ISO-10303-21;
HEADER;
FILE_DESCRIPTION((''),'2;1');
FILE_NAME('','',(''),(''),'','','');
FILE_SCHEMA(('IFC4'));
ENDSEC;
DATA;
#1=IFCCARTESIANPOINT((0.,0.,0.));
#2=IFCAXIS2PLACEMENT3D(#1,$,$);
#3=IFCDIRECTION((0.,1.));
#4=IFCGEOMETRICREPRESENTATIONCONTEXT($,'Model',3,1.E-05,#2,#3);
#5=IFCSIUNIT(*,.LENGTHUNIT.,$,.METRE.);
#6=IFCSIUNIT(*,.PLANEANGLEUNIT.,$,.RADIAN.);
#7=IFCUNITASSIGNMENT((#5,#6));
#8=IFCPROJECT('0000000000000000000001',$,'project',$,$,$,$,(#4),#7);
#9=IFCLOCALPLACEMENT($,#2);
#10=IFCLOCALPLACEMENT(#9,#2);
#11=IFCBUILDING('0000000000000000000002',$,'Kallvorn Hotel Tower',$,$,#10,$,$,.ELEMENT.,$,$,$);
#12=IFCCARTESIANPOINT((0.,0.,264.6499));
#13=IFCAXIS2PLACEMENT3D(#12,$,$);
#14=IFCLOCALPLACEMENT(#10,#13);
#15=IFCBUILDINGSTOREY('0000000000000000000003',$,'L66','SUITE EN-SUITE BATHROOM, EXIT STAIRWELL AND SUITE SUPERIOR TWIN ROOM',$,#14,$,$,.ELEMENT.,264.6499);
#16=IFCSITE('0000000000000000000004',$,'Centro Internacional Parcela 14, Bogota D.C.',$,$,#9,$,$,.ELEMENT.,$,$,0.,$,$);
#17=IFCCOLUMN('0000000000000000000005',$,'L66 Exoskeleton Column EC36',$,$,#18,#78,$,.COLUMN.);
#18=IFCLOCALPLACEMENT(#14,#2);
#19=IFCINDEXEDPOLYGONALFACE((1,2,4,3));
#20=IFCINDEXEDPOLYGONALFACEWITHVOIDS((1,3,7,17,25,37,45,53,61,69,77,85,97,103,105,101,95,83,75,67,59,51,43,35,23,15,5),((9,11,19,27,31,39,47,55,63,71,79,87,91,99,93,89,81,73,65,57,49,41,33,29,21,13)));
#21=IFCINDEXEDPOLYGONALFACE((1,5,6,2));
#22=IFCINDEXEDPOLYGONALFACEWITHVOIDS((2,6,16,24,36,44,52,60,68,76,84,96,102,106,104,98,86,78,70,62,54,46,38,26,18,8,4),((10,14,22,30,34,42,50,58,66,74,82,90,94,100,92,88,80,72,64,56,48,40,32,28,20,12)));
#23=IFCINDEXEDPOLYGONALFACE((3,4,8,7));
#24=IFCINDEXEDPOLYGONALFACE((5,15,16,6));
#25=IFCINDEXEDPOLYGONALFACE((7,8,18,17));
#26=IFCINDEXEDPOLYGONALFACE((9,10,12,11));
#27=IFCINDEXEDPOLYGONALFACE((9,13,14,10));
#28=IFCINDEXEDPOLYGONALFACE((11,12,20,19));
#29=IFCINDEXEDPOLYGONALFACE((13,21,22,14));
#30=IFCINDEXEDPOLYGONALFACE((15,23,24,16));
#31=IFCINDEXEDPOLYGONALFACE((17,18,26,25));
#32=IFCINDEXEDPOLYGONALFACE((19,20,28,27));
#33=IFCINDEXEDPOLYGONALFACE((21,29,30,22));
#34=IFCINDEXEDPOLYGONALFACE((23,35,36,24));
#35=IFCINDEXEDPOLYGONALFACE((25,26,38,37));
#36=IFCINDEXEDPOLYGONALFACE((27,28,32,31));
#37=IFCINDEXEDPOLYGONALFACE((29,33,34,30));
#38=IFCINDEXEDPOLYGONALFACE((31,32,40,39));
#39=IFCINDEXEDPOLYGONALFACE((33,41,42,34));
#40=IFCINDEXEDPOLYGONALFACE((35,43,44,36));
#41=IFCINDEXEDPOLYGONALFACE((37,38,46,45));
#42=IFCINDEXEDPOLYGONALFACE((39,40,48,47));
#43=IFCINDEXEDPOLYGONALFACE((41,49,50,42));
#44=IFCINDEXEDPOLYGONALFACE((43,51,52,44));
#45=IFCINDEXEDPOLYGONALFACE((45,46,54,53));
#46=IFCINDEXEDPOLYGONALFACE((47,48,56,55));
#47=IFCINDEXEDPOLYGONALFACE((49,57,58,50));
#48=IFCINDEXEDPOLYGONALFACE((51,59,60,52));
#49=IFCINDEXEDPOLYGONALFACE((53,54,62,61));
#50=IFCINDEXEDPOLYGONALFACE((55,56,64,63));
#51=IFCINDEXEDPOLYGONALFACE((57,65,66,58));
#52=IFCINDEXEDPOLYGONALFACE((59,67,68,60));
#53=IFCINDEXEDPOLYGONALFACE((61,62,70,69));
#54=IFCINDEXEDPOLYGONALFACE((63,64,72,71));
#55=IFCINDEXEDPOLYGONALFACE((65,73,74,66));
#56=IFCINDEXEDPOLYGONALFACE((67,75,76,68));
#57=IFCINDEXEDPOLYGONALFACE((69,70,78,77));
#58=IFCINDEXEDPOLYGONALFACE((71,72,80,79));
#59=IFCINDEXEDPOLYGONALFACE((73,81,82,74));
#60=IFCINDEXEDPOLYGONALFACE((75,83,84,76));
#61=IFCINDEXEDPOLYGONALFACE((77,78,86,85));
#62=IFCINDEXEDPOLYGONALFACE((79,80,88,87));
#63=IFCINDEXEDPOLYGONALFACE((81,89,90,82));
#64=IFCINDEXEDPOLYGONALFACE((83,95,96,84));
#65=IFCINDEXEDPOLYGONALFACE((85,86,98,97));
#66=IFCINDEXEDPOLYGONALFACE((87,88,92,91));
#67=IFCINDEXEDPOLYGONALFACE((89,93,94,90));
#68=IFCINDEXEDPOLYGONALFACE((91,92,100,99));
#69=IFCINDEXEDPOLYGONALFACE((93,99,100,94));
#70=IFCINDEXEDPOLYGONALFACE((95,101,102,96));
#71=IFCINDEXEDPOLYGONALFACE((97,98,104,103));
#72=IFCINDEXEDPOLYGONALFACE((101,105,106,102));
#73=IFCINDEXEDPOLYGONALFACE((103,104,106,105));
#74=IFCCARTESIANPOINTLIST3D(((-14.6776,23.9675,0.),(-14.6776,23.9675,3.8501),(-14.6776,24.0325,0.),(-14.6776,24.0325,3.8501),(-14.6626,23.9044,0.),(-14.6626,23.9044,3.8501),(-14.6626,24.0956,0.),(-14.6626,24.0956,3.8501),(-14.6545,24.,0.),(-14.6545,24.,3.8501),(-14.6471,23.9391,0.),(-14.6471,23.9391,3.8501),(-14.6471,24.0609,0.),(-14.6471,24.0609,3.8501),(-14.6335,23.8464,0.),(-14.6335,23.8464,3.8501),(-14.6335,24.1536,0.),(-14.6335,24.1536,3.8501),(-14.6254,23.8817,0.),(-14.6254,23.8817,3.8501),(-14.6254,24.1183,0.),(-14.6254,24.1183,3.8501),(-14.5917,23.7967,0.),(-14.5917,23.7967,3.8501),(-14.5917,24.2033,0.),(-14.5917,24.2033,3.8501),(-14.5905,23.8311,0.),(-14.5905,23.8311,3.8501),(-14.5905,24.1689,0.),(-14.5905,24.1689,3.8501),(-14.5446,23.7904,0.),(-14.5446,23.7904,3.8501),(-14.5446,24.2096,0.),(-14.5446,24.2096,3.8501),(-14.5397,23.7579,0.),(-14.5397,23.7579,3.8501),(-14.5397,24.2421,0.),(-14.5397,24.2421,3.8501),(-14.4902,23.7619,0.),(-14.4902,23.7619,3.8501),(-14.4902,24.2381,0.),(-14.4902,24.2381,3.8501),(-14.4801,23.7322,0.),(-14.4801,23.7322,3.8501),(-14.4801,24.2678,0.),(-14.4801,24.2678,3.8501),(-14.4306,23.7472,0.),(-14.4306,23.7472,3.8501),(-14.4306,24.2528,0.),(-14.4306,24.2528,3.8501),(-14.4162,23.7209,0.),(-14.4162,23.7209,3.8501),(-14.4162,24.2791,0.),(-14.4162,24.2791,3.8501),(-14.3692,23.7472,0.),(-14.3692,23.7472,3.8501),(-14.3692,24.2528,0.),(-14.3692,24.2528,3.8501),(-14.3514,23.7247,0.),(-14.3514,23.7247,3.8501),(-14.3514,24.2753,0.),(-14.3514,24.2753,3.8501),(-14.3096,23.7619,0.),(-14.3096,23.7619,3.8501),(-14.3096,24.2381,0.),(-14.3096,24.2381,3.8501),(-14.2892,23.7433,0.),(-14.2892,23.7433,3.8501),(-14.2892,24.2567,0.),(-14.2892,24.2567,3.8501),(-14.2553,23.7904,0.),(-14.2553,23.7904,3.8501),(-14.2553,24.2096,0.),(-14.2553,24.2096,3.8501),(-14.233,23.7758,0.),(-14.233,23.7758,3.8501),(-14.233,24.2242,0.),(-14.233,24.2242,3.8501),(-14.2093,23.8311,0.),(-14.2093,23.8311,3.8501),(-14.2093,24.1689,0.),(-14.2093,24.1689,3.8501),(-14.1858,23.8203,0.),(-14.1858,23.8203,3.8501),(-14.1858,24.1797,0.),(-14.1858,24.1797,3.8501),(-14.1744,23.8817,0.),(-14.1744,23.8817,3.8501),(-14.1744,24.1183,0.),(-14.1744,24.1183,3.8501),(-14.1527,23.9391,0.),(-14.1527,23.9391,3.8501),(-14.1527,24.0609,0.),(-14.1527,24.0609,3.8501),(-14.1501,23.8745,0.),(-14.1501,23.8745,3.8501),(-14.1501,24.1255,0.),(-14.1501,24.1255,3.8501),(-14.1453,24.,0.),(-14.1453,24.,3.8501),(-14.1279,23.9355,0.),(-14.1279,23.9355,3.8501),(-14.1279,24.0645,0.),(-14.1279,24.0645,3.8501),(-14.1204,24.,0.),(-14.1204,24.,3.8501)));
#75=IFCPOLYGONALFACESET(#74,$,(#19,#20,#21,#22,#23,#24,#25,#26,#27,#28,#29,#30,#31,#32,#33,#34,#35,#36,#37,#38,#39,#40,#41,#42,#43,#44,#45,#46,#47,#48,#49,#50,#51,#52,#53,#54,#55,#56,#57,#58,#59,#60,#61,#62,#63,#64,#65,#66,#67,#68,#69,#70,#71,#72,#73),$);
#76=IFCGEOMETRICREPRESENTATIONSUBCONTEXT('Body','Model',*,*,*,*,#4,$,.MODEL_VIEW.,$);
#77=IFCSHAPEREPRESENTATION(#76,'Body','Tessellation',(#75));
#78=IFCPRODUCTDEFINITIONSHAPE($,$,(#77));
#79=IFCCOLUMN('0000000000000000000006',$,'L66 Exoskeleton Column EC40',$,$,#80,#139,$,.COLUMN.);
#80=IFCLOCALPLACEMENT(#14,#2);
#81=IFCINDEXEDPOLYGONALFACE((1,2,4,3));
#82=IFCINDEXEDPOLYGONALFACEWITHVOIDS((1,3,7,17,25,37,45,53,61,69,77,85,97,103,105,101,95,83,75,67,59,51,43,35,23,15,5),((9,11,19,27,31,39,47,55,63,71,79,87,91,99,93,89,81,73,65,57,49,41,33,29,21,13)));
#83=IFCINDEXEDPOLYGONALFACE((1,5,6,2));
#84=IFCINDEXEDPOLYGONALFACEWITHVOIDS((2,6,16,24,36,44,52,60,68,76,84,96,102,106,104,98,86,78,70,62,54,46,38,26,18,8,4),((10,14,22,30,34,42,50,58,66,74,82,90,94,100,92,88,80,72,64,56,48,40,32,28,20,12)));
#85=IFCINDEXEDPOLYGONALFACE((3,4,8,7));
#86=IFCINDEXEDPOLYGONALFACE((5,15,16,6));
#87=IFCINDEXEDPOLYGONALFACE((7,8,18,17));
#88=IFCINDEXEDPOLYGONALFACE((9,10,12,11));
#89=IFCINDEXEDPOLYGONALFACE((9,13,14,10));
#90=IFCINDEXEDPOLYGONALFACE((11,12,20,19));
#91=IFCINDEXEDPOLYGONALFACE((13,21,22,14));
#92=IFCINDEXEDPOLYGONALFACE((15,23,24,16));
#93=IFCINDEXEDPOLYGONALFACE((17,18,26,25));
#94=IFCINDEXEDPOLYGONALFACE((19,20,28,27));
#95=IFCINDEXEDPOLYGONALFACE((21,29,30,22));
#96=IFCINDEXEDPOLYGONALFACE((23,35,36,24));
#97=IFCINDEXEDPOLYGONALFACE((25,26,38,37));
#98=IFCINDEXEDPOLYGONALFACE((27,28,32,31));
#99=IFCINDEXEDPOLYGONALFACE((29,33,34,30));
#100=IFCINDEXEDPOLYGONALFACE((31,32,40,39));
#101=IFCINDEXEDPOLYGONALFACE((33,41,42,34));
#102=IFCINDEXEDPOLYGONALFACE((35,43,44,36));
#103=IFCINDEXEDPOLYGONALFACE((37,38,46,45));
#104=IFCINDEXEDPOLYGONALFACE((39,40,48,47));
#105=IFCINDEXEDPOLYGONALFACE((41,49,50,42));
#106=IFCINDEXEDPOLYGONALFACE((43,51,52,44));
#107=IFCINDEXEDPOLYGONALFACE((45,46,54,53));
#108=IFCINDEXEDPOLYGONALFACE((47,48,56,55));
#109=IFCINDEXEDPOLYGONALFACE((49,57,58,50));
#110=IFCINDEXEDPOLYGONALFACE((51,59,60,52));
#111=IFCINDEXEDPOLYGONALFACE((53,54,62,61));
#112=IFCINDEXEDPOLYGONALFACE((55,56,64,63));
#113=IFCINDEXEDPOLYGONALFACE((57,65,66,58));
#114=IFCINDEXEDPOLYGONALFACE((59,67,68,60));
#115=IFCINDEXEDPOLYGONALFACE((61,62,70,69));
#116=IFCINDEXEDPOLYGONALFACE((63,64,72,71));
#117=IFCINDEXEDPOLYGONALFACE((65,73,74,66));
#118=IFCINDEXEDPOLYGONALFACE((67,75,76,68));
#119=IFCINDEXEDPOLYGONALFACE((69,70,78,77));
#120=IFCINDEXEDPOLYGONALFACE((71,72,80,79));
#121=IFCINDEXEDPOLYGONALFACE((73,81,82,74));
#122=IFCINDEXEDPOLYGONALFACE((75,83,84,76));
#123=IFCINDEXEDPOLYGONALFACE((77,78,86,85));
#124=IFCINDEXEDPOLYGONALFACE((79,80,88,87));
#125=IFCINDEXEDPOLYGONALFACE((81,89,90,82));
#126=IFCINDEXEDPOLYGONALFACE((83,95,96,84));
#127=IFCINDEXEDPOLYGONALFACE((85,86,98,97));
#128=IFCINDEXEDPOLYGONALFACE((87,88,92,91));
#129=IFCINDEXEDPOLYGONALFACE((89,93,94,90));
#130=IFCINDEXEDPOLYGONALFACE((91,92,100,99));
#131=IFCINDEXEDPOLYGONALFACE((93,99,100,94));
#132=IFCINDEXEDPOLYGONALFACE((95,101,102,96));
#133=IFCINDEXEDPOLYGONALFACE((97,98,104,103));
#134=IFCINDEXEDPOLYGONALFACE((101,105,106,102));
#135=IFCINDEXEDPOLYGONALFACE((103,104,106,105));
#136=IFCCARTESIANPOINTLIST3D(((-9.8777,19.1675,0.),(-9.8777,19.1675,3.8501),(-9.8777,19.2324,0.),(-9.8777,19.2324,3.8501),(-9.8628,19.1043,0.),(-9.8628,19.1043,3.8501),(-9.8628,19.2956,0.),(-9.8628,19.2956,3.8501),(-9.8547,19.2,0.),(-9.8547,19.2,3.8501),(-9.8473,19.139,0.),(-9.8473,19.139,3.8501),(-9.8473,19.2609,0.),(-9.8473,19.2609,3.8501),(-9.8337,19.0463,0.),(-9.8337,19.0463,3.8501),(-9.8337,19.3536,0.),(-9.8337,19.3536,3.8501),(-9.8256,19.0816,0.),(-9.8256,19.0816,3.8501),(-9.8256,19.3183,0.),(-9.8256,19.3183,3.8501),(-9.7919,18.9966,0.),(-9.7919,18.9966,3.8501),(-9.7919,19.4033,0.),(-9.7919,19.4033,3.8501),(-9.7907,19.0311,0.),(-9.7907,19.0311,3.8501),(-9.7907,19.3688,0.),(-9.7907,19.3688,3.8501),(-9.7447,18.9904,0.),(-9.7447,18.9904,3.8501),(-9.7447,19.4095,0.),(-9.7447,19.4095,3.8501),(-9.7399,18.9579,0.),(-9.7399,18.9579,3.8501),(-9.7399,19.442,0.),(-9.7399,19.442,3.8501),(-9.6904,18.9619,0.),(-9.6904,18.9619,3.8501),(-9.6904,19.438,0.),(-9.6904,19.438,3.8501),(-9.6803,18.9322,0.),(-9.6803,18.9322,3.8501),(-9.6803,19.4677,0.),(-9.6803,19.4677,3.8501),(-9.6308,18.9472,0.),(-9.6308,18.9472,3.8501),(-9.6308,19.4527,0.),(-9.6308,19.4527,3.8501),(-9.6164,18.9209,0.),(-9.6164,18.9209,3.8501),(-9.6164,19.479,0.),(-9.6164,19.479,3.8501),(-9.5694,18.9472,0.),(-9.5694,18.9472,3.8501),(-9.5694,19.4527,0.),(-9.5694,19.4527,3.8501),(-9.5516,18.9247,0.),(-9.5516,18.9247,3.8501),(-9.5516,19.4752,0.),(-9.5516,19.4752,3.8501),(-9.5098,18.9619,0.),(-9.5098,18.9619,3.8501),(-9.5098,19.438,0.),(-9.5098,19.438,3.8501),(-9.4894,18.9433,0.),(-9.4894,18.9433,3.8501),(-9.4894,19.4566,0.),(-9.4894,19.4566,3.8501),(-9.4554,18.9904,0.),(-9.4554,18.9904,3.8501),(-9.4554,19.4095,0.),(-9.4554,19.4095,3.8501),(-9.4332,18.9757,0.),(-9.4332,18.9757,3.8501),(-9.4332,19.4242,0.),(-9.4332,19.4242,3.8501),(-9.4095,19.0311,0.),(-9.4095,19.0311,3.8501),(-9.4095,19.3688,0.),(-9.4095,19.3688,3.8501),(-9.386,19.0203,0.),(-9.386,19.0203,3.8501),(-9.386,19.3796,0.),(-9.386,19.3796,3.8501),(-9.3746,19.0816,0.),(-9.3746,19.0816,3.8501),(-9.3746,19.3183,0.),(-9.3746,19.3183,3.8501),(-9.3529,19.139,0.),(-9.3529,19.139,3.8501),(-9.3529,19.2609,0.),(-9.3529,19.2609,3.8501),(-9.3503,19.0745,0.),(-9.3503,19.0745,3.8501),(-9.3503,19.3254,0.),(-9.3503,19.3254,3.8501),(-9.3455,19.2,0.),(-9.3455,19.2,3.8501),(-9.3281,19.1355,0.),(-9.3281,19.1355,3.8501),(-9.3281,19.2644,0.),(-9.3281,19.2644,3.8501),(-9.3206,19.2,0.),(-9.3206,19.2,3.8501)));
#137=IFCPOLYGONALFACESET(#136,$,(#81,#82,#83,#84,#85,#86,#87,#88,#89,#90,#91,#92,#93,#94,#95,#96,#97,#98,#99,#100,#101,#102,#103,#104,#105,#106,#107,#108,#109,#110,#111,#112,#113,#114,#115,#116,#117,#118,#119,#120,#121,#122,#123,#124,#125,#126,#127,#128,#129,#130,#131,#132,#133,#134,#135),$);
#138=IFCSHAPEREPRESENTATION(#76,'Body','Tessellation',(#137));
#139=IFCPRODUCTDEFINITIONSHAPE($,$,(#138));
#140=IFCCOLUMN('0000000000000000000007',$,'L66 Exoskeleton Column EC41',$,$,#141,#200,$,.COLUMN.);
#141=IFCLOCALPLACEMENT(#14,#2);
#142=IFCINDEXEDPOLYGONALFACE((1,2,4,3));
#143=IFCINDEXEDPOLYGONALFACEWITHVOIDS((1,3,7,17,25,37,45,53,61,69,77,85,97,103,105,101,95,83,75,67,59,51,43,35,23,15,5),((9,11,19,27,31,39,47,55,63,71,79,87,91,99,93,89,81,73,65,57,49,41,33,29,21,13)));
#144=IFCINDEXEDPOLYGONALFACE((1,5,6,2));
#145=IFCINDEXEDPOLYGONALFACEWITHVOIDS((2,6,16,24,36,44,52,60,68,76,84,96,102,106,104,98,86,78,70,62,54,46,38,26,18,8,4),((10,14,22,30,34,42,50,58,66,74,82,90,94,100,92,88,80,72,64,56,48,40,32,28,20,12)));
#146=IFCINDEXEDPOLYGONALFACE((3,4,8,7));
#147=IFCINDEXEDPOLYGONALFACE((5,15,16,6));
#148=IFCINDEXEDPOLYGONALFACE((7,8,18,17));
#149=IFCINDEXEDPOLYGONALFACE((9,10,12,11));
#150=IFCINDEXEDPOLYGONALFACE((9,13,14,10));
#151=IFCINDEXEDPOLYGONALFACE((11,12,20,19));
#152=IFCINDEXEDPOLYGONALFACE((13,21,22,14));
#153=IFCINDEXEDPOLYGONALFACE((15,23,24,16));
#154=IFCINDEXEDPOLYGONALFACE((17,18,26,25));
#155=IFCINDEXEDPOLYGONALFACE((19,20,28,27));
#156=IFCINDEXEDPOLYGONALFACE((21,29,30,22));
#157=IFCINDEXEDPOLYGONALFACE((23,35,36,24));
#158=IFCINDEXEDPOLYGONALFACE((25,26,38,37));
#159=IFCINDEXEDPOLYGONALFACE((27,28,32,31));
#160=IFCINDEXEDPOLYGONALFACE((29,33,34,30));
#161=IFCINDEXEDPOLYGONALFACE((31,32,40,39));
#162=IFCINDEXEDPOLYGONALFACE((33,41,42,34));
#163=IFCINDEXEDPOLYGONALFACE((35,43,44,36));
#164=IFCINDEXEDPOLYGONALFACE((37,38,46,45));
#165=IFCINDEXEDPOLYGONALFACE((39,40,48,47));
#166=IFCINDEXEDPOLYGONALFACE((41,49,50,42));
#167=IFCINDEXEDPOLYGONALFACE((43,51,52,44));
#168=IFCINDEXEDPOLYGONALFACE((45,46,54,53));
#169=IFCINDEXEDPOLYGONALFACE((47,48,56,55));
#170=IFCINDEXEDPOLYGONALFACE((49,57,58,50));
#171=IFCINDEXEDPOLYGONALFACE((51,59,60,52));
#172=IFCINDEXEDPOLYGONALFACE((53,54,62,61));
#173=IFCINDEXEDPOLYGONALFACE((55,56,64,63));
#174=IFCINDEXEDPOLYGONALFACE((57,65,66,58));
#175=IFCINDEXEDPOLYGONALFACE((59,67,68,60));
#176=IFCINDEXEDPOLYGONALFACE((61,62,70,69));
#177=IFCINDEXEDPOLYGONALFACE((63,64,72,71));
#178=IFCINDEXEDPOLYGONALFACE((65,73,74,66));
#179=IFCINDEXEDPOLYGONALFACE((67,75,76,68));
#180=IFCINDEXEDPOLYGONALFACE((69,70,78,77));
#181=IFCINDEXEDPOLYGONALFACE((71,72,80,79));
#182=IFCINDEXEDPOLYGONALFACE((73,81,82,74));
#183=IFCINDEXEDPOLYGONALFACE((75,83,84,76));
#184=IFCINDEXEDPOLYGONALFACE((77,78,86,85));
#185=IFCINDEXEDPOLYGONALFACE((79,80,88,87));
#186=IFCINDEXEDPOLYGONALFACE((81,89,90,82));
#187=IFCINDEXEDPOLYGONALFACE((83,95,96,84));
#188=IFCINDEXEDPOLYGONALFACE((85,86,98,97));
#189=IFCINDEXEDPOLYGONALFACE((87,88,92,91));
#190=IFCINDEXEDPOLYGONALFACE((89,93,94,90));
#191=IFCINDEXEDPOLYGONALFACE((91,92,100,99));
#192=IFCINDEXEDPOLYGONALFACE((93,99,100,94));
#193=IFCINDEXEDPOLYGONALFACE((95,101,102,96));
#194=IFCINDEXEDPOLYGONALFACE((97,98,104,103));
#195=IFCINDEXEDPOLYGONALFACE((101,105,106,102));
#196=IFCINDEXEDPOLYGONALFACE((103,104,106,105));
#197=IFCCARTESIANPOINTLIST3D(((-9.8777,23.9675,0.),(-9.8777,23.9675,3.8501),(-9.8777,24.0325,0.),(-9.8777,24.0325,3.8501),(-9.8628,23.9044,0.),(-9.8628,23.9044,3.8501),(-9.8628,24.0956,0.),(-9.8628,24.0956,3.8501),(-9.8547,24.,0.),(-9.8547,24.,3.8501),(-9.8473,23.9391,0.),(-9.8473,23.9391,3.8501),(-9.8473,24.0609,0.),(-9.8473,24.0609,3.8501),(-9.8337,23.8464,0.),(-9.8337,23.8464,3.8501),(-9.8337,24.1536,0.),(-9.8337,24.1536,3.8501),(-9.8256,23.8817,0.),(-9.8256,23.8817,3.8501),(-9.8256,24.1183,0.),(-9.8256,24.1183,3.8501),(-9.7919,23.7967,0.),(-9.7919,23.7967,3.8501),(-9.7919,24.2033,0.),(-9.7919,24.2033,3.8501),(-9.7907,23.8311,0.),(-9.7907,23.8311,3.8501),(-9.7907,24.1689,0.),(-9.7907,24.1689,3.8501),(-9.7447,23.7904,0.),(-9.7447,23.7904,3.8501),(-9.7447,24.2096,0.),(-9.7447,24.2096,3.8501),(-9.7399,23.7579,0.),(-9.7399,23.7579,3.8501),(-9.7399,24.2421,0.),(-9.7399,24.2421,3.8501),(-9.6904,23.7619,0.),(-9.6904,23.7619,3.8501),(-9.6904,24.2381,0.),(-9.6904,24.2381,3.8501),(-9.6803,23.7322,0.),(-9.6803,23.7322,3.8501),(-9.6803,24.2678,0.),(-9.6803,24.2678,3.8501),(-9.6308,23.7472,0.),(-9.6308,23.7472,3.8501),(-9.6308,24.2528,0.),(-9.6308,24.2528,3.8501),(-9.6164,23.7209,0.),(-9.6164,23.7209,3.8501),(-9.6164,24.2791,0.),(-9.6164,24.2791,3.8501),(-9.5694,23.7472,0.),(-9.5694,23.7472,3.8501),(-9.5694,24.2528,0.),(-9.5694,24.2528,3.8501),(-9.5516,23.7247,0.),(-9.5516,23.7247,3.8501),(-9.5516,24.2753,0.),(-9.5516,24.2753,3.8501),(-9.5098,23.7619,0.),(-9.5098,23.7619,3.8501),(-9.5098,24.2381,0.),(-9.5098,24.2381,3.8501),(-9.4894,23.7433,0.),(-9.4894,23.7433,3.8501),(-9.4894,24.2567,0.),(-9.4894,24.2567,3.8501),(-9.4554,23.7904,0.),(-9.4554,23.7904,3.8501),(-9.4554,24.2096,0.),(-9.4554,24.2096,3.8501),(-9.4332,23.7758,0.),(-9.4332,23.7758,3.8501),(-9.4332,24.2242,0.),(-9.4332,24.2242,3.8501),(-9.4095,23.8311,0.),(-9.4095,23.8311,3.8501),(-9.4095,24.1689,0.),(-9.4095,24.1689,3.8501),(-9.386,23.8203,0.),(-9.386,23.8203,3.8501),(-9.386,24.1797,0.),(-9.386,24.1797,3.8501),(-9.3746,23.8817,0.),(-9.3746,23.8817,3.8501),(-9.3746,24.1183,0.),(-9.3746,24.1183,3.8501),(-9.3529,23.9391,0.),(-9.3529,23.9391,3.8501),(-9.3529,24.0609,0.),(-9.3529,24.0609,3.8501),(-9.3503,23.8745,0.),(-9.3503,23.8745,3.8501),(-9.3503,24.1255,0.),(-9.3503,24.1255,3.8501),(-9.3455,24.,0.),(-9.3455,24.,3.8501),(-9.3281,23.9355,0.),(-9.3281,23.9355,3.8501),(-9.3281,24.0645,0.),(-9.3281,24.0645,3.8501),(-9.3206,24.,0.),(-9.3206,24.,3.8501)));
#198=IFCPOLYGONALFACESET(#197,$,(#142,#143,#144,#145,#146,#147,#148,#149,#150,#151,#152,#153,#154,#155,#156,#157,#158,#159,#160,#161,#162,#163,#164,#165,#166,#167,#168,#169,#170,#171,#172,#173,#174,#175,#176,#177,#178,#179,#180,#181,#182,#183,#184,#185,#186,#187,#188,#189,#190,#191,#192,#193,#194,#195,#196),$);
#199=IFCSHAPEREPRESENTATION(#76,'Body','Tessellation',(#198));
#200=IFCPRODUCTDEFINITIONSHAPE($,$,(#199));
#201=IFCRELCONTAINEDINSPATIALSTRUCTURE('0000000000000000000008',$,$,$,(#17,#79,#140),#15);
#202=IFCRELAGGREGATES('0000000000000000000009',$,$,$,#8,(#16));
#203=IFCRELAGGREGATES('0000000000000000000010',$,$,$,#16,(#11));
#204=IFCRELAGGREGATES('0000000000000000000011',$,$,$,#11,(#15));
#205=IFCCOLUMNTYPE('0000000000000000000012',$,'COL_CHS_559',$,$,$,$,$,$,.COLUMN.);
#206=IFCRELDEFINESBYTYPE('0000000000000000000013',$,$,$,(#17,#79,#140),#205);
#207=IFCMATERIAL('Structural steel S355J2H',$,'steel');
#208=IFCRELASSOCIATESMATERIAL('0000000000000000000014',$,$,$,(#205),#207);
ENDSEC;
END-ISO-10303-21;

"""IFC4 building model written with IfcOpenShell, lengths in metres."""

from ifc_helpers import new_model, si_unit, direction, frame, origin, origin_2d, place, context, subcontext, project, spatial, hollow_circle, extrude, material, material_profile, profile_set, type_object, element, save


model = new_model("IFC4")

# Units and contexts
model_context = context("Model", 3, precision=1e-05, world=origin(), true_north=direction((0.0, 1.0)))
body_context = subcontext(model_context, "Body", "Model", "MODEL_VIEW")
ifc_project = project(units=[si_unit("LENGTHUNIT", "METRE"), si_unit("PLANEANGLEUNIT", "RADIAN")], contexts=[model_context])

# Site, building, storey
site_placement = place(None, origin())
site = spatial("IfcSite", under=ifc_project, at=site_placement, Name="Centro Internacional Parcela 14, Bogota D.C.", CompositionType="ELEMENT", RefElevation=0.0)
building_placement = place(site_placement, origin())
building = spatial("IfcBuilding", under=site, at=building_placement, Name="Kallvorn Hotel Tower", CompositionType="ELEMENT")
storey_placement = place(building_placement, frame((0.0, 0.0, 264.6499)))
storey = spatial("IfcBuildingStorey", under=building, at=storey_placement, Name="L66", Description="SUITE EN-SUITE BATHROOM, EXIT STAIRWELL AND SUITE SUPERIOR TWIN ROOM", CompositionType="ELEMENT", Elevation=264.6499)

# Columns
ifc_material_1 = material(Name="Structural steel S355J2H", Category="steel")
ifc_material_profile_1 = material_profile(ifc_material_1, hollow_circle(Radius=0.2795, WallThickness=0.0249, at=origin_2d()), Name="CHS 559x25")
ifc_profile_set_1 = profile_set([ifc_material_profile_1], Name="Structural steel S355J2H")
column_type_1 = type_object("IfcColumnType", Name="COL_CHS_559", PredefinedType="COLUMN", material=ifc_profile_set_1)
for number, where, z_axis, x_axis, name in (
    (1, (-14.3999, 24.0, 0.0), (0.0, 0.0, 1.0), (1.0, 0.0, 0.0), "L66 Exoskeleton Column EC36"),
    (2, (-9.6001, 19.2, 0.0), (0.0, 0.0, 1.0), (1.0, 0.0, 0.0), "L66 Exoskeleton Column EC40"),
    (3, (-9.6001, 24.0, 0.0), (0.0, 0.0, 1.0), (1.0, 0.0, 0.0), "L66 Exoskeleton Column EC41"),
):
    element("IfcColumn", number, at=place(storey_placement, frame(where, z_axis=z_axis, x_axis=x_axis)), inside=storey, type_object=column_type_1, Name=name, PredefinedType="COLUMN", context=body_context, shape_type="SweptSolid", body=[
        extrude(hollow_circle(Radius=0.2795, WallThickness=0.0249, at=origin_2d()), origin(), (0.0, 0.0, 1.0), 3.8501),
    ])

save(model, "model.ifc")
